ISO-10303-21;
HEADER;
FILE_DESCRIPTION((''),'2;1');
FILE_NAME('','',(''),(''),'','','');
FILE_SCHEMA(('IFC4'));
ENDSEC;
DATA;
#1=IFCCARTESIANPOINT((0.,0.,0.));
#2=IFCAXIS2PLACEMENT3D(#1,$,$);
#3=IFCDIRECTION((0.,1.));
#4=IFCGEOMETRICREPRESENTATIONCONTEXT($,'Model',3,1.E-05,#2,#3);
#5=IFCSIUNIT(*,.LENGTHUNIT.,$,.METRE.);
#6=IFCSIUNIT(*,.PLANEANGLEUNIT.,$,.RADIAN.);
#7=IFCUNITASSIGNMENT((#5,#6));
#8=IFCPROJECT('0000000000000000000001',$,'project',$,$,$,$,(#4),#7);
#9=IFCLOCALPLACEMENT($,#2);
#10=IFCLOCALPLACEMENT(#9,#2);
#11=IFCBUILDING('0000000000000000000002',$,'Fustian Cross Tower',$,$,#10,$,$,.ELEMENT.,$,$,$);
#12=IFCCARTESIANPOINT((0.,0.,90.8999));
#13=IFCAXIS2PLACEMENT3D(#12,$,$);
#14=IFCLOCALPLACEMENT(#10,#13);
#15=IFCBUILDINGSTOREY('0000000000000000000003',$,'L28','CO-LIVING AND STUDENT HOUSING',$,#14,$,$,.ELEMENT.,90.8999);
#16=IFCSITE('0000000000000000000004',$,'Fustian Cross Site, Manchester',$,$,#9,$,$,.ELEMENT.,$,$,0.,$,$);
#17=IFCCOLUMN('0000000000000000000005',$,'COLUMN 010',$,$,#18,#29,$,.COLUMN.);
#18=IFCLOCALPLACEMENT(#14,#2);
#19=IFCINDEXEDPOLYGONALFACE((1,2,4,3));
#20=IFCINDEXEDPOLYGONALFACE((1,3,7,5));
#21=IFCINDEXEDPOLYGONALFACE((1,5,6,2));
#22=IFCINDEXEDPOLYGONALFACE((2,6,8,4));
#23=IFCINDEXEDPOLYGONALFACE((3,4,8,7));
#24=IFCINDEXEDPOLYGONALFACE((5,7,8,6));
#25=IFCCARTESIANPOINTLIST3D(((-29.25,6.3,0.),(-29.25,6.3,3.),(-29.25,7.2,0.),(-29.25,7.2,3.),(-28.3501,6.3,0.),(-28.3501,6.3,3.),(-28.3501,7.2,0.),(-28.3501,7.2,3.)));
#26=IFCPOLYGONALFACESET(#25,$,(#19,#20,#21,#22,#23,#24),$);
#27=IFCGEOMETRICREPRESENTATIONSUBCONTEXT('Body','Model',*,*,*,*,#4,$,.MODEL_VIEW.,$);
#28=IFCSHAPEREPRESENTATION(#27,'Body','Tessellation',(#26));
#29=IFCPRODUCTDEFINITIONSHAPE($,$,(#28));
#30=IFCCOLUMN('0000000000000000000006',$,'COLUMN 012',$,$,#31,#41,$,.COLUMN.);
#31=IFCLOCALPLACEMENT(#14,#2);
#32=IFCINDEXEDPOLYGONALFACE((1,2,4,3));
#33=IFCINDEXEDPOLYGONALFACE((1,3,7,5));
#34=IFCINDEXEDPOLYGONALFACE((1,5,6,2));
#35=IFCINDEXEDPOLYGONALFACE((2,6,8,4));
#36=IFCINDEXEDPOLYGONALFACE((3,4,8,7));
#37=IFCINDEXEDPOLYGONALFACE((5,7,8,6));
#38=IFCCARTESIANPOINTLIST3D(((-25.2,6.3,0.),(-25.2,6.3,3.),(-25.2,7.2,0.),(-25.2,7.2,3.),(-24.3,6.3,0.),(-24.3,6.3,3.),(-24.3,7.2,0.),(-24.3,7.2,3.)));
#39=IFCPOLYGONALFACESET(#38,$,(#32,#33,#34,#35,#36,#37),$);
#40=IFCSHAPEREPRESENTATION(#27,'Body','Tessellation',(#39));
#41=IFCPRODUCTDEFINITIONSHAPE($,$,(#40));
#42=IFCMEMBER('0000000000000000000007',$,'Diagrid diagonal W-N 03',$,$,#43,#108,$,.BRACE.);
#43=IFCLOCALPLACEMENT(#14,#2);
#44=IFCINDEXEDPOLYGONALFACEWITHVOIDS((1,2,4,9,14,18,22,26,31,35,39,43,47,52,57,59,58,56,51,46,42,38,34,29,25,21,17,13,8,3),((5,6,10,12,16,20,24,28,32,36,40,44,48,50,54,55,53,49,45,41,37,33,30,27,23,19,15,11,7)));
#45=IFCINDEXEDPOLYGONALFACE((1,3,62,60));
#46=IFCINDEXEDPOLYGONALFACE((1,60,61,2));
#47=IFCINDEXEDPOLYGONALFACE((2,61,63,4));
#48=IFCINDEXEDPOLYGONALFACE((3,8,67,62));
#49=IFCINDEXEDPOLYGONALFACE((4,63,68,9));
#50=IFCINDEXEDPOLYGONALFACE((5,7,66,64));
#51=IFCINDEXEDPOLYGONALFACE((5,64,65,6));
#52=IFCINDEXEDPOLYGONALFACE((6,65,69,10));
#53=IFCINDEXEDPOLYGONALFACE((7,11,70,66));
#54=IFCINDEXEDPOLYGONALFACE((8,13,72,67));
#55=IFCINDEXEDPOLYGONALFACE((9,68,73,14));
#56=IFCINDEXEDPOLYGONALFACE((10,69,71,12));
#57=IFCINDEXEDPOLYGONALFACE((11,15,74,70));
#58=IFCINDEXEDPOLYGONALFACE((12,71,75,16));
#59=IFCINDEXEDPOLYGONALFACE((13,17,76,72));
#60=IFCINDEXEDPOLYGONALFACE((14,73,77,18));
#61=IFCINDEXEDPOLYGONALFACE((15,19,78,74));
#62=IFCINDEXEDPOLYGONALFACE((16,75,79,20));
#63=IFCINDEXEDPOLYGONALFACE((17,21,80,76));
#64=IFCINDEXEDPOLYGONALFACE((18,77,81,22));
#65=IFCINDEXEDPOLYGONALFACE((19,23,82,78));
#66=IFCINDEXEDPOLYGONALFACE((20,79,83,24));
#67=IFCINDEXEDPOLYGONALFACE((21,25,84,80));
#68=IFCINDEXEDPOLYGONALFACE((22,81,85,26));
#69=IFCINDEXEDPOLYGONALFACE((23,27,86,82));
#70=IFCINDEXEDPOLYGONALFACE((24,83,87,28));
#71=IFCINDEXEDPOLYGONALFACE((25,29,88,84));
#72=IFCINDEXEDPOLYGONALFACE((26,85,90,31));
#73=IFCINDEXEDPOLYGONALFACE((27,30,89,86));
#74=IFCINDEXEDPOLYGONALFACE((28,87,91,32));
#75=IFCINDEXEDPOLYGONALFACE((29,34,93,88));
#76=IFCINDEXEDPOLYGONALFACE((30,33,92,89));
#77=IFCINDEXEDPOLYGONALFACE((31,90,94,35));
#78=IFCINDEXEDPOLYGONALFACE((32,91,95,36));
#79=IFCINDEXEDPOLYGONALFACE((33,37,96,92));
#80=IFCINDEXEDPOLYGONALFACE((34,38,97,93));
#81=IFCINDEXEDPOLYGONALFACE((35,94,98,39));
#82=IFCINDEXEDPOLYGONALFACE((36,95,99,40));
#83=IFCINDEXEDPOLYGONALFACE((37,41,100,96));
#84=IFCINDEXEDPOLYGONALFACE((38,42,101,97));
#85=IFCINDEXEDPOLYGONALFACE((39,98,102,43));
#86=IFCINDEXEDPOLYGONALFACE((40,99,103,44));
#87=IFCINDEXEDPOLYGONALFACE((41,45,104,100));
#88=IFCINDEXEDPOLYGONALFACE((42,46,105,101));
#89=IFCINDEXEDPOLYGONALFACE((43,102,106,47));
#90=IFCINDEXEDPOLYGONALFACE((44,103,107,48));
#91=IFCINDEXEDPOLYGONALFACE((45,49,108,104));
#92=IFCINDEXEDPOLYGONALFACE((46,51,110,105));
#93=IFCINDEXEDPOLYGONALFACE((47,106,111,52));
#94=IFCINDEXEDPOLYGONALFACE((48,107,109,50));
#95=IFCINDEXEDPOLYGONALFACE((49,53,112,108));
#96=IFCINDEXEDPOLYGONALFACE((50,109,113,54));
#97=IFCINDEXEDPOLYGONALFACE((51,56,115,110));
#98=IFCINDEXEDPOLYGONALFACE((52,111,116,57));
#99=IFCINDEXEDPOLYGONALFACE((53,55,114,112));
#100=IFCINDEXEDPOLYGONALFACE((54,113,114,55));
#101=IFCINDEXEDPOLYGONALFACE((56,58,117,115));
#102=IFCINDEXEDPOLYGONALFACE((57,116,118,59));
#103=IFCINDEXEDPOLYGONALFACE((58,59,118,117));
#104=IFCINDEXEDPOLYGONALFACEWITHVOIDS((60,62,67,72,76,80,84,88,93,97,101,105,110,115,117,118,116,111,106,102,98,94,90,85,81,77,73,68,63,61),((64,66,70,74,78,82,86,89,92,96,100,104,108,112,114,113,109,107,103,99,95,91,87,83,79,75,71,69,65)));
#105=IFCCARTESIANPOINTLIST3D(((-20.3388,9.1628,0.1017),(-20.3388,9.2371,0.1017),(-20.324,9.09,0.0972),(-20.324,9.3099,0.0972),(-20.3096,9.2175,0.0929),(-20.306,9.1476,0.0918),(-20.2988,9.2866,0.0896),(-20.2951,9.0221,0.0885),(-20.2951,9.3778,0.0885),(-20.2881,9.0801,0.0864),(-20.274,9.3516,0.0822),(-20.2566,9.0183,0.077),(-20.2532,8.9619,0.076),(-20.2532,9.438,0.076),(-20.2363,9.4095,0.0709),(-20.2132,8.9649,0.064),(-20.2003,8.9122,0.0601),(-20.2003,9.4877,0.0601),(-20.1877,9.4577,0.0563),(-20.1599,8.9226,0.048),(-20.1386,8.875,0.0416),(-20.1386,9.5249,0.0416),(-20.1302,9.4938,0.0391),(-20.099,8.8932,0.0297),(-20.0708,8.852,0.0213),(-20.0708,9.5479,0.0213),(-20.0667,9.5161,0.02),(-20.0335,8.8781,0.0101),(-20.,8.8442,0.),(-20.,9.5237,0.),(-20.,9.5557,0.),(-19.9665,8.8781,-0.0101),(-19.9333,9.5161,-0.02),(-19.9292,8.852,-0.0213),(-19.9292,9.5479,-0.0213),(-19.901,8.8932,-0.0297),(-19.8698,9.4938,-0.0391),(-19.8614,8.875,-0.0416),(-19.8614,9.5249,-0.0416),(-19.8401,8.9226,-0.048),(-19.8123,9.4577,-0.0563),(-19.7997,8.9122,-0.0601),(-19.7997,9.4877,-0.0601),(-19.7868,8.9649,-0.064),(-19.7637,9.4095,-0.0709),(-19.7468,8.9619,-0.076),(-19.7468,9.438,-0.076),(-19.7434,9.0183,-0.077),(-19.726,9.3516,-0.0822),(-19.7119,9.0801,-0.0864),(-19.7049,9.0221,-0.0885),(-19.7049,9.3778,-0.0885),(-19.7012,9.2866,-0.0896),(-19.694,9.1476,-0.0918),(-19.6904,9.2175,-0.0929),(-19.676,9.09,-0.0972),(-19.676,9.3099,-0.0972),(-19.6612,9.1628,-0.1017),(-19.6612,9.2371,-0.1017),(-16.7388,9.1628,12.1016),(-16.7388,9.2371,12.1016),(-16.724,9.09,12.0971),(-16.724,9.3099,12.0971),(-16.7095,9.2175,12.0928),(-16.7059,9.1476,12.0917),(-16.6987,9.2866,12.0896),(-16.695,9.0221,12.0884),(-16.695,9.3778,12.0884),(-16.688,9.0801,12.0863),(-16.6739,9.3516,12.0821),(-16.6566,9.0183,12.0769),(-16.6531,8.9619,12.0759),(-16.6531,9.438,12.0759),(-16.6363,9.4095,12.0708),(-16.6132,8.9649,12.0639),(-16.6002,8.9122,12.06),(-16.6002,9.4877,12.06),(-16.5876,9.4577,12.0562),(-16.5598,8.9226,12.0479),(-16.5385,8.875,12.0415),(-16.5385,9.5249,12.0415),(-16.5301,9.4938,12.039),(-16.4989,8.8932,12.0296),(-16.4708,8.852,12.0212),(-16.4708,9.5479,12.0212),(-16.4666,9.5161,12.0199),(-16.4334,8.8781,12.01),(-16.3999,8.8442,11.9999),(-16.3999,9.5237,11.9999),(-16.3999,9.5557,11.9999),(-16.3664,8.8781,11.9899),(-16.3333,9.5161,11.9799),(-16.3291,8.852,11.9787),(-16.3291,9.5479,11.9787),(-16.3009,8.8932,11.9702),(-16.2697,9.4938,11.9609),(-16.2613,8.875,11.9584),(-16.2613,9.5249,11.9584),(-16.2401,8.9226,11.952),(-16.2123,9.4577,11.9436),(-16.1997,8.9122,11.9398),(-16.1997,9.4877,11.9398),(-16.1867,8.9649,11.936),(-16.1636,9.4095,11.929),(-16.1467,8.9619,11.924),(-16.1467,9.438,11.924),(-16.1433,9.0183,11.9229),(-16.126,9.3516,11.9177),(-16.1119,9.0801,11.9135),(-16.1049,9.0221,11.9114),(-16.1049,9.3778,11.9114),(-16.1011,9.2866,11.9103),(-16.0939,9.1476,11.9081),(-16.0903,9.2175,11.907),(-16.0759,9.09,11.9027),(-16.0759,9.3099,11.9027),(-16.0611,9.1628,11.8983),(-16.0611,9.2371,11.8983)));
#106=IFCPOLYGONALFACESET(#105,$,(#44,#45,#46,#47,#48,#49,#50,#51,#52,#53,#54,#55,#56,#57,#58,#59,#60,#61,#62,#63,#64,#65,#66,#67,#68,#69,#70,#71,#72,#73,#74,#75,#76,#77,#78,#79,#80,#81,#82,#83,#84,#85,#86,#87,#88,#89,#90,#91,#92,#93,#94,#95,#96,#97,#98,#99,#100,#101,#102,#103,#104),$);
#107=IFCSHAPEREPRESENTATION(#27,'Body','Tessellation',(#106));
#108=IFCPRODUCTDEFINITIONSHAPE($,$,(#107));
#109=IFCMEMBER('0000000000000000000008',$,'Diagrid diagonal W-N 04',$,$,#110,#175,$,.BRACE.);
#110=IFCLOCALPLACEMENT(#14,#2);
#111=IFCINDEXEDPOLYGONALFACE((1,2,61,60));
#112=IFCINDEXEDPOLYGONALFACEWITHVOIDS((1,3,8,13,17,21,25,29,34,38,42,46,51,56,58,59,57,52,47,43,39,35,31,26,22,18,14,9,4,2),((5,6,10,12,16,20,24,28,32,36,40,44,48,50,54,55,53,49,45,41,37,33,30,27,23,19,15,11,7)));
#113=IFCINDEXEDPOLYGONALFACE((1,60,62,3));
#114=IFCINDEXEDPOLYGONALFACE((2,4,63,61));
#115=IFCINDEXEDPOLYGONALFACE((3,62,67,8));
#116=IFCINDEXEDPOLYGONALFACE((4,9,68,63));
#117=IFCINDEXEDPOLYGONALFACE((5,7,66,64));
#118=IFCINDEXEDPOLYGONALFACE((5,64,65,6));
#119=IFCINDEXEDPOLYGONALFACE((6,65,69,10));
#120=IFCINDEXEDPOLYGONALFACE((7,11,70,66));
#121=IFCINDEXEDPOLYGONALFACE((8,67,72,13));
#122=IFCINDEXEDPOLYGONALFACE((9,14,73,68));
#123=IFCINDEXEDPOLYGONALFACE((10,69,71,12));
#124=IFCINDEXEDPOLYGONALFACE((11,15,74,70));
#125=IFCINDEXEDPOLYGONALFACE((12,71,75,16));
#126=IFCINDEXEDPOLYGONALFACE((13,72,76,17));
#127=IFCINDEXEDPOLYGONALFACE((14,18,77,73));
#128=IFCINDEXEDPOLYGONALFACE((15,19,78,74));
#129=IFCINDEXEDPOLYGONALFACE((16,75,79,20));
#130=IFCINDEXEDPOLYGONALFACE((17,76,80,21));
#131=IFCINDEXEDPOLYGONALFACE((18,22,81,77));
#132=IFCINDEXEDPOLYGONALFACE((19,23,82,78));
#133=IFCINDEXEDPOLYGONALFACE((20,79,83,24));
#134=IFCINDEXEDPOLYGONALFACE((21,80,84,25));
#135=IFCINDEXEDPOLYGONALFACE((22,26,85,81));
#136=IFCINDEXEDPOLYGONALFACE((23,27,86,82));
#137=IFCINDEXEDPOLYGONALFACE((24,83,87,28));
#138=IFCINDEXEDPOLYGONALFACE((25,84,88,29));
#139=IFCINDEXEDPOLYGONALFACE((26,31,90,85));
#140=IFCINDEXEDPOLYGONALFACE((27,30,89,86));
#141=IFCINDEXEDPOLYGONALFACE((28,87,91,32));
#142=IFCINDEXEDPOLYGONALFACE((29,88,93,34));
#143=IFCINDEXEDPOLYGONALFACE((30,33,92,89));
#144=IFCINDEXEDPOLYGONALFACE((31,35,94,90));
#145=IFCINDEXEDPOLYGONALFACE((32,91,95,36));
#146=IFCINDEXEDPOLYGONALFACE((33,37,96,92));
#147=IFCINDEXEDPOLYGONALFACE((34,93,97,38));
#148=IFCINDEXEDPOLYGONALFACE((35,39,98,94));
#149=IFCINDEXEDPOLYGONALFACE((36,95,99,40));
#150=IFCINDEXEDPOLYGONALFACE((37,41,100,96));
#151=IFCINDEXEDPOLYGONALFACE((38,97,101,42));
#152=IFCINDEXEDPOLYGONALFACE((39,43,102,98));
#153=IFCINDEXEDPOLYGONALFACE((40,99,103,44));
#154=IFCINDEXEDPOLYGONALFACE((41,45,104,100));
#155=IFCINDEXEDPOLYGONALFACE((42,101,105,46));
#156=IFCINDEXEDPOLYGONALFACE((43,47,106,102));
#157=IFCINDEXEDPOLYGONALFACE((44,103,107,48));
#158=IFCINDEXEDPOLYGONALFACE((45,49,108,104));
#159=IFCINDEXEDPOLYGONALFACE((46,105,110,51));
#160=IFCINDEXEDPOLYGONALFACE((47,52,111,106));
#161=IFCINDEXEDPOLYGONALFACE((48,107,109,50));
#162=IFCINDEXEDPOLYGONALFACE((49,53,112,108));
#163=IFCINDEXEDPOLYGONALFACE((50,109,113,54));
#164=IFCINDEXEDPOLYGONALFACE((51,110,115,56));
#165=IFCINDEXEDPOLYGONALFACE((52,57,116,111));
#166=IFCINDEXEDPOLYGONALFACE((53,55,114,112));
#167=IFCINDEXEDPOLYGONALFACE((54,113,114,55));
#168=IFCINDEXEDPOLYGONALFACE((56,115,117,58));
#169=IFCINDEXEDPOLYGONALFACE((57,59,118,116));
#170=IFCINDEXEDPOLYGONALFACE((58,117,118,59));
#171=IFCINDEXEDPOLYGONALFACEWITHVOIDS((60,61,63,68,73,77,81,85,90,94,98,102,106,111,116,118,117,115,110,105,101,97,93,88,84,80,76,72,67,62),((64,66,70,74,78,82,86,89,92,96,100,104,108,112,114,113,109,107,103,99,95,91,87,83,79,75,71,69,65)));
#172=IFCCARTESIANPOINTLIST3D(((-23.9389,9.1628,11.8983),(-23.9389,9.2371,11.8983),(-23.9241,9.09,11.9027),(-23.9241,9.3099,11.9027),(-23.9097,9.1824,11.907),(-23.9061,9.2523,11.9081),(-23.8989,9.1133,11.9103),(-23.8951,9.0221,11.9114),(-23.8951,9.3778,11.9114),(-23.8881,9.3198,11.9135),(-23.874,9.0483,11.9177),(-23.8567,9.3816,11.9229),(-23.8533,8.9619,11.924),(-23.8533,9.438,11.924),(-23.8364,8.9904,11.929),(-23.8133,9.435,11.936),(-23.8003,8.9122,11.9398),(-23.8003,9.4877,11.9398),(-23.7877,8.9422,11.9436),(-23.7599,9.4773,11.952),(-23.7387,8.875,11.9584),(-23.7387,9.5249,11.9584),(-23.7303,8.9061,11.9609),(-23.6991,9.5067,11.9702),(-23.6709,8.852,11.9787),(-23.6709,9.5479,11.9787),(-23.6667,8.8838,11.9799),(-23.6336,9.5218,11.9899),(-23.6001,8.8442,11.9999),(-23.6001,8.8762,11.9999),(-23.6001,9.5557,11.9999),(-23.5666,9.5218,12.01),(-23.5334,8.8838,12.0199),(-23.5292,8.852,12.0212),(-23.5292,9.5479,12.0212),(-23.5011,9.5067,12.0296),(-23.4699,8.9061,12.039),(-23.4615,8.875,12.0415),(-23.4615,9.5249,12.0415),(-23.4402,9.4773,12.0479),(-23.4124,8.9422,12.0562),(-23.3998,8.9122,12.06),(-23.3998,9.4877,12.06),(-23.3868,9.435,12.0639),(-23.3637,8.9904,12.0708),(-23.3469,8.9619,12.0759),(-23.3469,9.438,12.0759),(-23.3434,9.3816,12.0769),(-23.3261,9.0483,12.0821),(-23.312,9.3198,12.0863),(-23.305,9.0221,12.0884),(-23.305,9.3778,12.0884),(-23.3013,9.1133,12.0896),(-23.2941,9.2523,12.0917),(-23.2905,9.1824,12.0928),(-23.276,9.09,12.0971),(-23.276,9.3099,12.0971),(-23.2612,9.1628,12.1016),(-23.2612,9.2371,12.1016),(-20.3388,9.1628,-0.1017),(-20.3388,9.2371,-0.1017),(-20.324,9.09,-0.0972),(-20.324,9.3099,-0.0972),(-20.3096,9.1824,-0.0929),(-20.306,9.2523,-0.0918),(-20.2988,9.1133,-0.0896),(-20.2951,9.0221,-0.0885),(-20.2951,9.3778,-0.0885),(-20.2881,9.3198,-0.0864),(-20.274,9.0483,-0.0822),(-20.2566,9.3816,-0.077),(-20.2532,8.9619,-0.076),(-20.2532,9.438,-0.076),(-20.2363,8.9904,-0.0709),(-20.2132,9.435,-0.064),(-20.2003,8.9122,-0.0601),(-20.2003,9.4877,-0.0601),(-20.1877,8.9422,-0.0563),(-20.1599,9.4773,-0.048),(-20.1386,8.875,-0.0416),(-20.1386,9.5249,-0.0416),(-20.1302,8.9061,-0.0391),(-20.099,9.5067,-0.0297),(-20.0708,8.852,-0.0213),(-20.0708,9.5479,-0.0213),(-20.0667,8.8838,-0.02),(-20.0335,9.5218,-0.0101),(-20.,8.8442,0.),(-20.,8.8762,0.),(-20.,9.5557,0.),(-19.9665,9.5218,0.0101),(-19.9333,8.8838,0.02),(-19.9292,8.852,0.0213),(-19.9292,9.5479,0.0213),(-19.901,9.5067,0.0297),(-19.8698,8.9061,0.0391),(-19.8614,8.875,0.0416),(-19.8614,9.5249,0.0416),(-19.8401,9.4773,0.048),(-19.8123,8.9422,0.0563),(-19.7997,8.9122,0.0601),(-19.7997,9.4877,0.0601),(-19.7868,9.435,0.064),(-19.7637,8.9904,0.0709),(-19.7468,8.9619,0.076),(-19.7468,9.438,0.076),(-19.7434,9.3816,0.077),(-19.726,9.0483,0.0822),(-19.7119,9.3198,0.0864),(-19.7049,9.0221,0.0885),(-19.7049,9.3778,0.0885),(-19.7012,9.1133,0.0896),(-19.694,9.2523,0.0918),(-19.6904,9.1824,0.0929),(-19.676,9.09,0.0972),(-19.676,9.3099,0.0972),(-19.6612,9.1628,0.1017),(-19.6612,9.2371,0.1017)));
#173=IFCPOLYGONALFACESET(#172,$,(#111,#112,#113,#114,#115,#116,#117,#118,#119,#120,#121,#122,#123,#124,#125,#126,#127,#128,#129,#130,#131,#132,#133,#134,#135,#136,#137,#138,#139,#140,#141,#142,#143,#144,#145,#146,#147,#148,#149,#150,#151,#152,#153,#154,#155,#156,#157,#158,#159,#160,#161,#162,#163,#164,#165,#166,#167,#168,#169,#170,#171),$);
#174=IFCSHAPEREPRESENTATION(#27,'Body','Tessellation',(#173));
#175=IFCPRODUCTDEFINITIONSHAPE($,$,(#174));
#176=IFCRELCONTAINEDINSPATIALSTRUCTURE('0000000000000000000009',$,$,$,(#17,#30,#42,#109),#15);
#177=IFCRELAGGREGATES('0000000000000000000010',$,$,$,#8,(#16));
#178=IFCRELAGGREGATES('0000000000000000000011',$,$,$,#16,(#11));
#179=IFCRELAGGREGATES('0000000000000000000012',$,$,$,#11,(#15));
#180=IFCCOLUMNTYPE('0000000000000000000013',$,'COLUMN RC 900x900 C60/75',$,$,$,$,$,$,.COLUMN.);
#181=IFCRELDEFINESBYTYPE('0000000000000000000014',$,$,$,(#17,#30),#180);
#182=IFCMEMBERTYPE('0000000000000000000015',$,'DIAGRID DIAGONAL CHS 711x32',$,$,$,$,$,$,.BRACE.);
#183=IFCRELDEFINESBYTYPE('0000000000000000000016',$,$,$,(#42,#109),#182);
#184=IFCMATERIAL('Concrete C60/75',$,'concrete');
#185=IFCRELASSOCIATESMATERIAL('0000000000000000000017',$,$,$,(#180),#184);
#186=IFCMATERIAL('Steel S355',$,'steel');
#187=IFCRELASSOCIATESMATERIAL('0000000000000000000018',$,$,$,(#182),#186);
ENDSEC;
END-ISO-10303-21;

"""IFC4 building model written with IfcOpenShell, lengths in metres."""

from ifc_helpers import new_model, si_unit, direction, frame, origin, origin_2d, place, context, subcontext, project, spatial, rectangle, hollow_circle, extrude, material, material_profile, profile_set, type_object, element, save


model = new_model("IFC4")

# Units and contexts
model_context = context("Model", 3, precision=1e-05, world=origin(), true_north=direction((0.0, 1.0)))
body_context = subcontext(model_context, "Body", "Model", "MODEL_VIEW")
ifc_project = project(units=[si_unit("LENGTHUNIT", "METRE"), si_unit("PLANEANGLEUNIT", "RADIAN")], contexts=[model_context])

# Site, building, storey
site_placement = place(None, origin())
site = spatial("IfcSite", under=ifc_project, at=site_placement, Name="Fustian Cross Site, Manchester", CompositionType="ELEMENT", RefElevation=0.0)
building_placement = place(site_placement, origin())
building = spatial("IfcBuilding", under=site, at=building_placement, Name="Fustian Cross Tower", CompositionType="ELEMENT")
storey_placement = place(building_placement, frame((0.0, 0.0, 90.8999)))
storey = spatial("IfcBuildingStorey", under=building, at=storey_placement, Name="L28", Description="CO-LIVING AND STUDENT HOUSING", CompositionType="ELEMENT", Elevation=90.8999)

# Columns
ifc_material_1 = material(Name="Concrete C60/75", Category="concrete")
ifc_material_profile_1 = material_profile(ifc_material_1, rectangle(XDim=0.8999, YDim=0.8999, at=origin_2d()), Name="RC 900x900")
ifc_profile_set_1 = profile_set([ifc_material_profile_1], Name="Concrete C60/75")
column_type = type_object("IfcColumnType", Name="COLUMN RC 900x900 C60/75", PredefinedType="COLUMN", material=ifc_profile_set_1)
for number, where, z_axis, x_axis, name in (
    (1, (-28.8, 6.75, 0.0), (0.0, 0.0, 1.0), (1.0, 0.0, 0.0), "COLUMN 010"),
    (2, (-24.75, 6.75, 0.0), (0.0, 0.0, 1.0), (1.0, 0.0, 0.0), "COLUMN 012"),
):
    element("IfcColumn", number, at=place(storey_placement, frame(where, z_axis=z_axis, x_axis=x_axis)), inside=storey, type_object=column_type, Name=name, PredefinedType="COLUMN", context=body_context, shape_type="SweptSolid", body=[
        extrude(rectangle(XDim=0.8999, YDim=0.8999, at=origin_2d()), origin(), (0.0, 0.0, 1.0), 3.0),
    ])

# Members
ifc_material_2 = material(Name="Steel S355", Category="steel")
ifc_material_profile_2 = material_profile(ifc_material_2, hollow_circle(Radius=0.3557, WallThickness=0.032, at=origin_2d()), Name="CHS 711x32")
ifc_profile_set_2 = profile_set([ifc_material_profile_2], Name="Steel S355")
member_type = type_object("IfcMemberType", Name="DIAGRID DIAGONAL CHS 711x32", PredefinedType="BRACE", material=ifc_profile_set_2)
for number, where, z_axis, x_axis, name in (
    (3, (-20.0, 9.2, 0.0), (0.287355, 0.0, 0.957824), (0.0, 1.0, 0.0), "Diagrid diagonal W-N 03"),
    (4, (-20.0, 9.2, 0.0), (-0.287355, 0.0, 0.957824), (0.0, -1.0, 0.0), "Diagrid diagonal W-N 04"),
):
    element("IfcMember", number, at=place(storey_placement, frame(where, z_axis=z_axis, x_axis=x_axis)), inside=storey, type_object=member_type, Name=name, PredefinedType="BRACE", context=body_context, shape_type="SweptSolid", body=[
        extrude(hollow_circle(Radius=0.3557, WallThickness=0.032, at=origin_2d()), origin(), (0.0, 0.0, 1.0), 12.5283),
    ])

save(model, "model.ifc")
